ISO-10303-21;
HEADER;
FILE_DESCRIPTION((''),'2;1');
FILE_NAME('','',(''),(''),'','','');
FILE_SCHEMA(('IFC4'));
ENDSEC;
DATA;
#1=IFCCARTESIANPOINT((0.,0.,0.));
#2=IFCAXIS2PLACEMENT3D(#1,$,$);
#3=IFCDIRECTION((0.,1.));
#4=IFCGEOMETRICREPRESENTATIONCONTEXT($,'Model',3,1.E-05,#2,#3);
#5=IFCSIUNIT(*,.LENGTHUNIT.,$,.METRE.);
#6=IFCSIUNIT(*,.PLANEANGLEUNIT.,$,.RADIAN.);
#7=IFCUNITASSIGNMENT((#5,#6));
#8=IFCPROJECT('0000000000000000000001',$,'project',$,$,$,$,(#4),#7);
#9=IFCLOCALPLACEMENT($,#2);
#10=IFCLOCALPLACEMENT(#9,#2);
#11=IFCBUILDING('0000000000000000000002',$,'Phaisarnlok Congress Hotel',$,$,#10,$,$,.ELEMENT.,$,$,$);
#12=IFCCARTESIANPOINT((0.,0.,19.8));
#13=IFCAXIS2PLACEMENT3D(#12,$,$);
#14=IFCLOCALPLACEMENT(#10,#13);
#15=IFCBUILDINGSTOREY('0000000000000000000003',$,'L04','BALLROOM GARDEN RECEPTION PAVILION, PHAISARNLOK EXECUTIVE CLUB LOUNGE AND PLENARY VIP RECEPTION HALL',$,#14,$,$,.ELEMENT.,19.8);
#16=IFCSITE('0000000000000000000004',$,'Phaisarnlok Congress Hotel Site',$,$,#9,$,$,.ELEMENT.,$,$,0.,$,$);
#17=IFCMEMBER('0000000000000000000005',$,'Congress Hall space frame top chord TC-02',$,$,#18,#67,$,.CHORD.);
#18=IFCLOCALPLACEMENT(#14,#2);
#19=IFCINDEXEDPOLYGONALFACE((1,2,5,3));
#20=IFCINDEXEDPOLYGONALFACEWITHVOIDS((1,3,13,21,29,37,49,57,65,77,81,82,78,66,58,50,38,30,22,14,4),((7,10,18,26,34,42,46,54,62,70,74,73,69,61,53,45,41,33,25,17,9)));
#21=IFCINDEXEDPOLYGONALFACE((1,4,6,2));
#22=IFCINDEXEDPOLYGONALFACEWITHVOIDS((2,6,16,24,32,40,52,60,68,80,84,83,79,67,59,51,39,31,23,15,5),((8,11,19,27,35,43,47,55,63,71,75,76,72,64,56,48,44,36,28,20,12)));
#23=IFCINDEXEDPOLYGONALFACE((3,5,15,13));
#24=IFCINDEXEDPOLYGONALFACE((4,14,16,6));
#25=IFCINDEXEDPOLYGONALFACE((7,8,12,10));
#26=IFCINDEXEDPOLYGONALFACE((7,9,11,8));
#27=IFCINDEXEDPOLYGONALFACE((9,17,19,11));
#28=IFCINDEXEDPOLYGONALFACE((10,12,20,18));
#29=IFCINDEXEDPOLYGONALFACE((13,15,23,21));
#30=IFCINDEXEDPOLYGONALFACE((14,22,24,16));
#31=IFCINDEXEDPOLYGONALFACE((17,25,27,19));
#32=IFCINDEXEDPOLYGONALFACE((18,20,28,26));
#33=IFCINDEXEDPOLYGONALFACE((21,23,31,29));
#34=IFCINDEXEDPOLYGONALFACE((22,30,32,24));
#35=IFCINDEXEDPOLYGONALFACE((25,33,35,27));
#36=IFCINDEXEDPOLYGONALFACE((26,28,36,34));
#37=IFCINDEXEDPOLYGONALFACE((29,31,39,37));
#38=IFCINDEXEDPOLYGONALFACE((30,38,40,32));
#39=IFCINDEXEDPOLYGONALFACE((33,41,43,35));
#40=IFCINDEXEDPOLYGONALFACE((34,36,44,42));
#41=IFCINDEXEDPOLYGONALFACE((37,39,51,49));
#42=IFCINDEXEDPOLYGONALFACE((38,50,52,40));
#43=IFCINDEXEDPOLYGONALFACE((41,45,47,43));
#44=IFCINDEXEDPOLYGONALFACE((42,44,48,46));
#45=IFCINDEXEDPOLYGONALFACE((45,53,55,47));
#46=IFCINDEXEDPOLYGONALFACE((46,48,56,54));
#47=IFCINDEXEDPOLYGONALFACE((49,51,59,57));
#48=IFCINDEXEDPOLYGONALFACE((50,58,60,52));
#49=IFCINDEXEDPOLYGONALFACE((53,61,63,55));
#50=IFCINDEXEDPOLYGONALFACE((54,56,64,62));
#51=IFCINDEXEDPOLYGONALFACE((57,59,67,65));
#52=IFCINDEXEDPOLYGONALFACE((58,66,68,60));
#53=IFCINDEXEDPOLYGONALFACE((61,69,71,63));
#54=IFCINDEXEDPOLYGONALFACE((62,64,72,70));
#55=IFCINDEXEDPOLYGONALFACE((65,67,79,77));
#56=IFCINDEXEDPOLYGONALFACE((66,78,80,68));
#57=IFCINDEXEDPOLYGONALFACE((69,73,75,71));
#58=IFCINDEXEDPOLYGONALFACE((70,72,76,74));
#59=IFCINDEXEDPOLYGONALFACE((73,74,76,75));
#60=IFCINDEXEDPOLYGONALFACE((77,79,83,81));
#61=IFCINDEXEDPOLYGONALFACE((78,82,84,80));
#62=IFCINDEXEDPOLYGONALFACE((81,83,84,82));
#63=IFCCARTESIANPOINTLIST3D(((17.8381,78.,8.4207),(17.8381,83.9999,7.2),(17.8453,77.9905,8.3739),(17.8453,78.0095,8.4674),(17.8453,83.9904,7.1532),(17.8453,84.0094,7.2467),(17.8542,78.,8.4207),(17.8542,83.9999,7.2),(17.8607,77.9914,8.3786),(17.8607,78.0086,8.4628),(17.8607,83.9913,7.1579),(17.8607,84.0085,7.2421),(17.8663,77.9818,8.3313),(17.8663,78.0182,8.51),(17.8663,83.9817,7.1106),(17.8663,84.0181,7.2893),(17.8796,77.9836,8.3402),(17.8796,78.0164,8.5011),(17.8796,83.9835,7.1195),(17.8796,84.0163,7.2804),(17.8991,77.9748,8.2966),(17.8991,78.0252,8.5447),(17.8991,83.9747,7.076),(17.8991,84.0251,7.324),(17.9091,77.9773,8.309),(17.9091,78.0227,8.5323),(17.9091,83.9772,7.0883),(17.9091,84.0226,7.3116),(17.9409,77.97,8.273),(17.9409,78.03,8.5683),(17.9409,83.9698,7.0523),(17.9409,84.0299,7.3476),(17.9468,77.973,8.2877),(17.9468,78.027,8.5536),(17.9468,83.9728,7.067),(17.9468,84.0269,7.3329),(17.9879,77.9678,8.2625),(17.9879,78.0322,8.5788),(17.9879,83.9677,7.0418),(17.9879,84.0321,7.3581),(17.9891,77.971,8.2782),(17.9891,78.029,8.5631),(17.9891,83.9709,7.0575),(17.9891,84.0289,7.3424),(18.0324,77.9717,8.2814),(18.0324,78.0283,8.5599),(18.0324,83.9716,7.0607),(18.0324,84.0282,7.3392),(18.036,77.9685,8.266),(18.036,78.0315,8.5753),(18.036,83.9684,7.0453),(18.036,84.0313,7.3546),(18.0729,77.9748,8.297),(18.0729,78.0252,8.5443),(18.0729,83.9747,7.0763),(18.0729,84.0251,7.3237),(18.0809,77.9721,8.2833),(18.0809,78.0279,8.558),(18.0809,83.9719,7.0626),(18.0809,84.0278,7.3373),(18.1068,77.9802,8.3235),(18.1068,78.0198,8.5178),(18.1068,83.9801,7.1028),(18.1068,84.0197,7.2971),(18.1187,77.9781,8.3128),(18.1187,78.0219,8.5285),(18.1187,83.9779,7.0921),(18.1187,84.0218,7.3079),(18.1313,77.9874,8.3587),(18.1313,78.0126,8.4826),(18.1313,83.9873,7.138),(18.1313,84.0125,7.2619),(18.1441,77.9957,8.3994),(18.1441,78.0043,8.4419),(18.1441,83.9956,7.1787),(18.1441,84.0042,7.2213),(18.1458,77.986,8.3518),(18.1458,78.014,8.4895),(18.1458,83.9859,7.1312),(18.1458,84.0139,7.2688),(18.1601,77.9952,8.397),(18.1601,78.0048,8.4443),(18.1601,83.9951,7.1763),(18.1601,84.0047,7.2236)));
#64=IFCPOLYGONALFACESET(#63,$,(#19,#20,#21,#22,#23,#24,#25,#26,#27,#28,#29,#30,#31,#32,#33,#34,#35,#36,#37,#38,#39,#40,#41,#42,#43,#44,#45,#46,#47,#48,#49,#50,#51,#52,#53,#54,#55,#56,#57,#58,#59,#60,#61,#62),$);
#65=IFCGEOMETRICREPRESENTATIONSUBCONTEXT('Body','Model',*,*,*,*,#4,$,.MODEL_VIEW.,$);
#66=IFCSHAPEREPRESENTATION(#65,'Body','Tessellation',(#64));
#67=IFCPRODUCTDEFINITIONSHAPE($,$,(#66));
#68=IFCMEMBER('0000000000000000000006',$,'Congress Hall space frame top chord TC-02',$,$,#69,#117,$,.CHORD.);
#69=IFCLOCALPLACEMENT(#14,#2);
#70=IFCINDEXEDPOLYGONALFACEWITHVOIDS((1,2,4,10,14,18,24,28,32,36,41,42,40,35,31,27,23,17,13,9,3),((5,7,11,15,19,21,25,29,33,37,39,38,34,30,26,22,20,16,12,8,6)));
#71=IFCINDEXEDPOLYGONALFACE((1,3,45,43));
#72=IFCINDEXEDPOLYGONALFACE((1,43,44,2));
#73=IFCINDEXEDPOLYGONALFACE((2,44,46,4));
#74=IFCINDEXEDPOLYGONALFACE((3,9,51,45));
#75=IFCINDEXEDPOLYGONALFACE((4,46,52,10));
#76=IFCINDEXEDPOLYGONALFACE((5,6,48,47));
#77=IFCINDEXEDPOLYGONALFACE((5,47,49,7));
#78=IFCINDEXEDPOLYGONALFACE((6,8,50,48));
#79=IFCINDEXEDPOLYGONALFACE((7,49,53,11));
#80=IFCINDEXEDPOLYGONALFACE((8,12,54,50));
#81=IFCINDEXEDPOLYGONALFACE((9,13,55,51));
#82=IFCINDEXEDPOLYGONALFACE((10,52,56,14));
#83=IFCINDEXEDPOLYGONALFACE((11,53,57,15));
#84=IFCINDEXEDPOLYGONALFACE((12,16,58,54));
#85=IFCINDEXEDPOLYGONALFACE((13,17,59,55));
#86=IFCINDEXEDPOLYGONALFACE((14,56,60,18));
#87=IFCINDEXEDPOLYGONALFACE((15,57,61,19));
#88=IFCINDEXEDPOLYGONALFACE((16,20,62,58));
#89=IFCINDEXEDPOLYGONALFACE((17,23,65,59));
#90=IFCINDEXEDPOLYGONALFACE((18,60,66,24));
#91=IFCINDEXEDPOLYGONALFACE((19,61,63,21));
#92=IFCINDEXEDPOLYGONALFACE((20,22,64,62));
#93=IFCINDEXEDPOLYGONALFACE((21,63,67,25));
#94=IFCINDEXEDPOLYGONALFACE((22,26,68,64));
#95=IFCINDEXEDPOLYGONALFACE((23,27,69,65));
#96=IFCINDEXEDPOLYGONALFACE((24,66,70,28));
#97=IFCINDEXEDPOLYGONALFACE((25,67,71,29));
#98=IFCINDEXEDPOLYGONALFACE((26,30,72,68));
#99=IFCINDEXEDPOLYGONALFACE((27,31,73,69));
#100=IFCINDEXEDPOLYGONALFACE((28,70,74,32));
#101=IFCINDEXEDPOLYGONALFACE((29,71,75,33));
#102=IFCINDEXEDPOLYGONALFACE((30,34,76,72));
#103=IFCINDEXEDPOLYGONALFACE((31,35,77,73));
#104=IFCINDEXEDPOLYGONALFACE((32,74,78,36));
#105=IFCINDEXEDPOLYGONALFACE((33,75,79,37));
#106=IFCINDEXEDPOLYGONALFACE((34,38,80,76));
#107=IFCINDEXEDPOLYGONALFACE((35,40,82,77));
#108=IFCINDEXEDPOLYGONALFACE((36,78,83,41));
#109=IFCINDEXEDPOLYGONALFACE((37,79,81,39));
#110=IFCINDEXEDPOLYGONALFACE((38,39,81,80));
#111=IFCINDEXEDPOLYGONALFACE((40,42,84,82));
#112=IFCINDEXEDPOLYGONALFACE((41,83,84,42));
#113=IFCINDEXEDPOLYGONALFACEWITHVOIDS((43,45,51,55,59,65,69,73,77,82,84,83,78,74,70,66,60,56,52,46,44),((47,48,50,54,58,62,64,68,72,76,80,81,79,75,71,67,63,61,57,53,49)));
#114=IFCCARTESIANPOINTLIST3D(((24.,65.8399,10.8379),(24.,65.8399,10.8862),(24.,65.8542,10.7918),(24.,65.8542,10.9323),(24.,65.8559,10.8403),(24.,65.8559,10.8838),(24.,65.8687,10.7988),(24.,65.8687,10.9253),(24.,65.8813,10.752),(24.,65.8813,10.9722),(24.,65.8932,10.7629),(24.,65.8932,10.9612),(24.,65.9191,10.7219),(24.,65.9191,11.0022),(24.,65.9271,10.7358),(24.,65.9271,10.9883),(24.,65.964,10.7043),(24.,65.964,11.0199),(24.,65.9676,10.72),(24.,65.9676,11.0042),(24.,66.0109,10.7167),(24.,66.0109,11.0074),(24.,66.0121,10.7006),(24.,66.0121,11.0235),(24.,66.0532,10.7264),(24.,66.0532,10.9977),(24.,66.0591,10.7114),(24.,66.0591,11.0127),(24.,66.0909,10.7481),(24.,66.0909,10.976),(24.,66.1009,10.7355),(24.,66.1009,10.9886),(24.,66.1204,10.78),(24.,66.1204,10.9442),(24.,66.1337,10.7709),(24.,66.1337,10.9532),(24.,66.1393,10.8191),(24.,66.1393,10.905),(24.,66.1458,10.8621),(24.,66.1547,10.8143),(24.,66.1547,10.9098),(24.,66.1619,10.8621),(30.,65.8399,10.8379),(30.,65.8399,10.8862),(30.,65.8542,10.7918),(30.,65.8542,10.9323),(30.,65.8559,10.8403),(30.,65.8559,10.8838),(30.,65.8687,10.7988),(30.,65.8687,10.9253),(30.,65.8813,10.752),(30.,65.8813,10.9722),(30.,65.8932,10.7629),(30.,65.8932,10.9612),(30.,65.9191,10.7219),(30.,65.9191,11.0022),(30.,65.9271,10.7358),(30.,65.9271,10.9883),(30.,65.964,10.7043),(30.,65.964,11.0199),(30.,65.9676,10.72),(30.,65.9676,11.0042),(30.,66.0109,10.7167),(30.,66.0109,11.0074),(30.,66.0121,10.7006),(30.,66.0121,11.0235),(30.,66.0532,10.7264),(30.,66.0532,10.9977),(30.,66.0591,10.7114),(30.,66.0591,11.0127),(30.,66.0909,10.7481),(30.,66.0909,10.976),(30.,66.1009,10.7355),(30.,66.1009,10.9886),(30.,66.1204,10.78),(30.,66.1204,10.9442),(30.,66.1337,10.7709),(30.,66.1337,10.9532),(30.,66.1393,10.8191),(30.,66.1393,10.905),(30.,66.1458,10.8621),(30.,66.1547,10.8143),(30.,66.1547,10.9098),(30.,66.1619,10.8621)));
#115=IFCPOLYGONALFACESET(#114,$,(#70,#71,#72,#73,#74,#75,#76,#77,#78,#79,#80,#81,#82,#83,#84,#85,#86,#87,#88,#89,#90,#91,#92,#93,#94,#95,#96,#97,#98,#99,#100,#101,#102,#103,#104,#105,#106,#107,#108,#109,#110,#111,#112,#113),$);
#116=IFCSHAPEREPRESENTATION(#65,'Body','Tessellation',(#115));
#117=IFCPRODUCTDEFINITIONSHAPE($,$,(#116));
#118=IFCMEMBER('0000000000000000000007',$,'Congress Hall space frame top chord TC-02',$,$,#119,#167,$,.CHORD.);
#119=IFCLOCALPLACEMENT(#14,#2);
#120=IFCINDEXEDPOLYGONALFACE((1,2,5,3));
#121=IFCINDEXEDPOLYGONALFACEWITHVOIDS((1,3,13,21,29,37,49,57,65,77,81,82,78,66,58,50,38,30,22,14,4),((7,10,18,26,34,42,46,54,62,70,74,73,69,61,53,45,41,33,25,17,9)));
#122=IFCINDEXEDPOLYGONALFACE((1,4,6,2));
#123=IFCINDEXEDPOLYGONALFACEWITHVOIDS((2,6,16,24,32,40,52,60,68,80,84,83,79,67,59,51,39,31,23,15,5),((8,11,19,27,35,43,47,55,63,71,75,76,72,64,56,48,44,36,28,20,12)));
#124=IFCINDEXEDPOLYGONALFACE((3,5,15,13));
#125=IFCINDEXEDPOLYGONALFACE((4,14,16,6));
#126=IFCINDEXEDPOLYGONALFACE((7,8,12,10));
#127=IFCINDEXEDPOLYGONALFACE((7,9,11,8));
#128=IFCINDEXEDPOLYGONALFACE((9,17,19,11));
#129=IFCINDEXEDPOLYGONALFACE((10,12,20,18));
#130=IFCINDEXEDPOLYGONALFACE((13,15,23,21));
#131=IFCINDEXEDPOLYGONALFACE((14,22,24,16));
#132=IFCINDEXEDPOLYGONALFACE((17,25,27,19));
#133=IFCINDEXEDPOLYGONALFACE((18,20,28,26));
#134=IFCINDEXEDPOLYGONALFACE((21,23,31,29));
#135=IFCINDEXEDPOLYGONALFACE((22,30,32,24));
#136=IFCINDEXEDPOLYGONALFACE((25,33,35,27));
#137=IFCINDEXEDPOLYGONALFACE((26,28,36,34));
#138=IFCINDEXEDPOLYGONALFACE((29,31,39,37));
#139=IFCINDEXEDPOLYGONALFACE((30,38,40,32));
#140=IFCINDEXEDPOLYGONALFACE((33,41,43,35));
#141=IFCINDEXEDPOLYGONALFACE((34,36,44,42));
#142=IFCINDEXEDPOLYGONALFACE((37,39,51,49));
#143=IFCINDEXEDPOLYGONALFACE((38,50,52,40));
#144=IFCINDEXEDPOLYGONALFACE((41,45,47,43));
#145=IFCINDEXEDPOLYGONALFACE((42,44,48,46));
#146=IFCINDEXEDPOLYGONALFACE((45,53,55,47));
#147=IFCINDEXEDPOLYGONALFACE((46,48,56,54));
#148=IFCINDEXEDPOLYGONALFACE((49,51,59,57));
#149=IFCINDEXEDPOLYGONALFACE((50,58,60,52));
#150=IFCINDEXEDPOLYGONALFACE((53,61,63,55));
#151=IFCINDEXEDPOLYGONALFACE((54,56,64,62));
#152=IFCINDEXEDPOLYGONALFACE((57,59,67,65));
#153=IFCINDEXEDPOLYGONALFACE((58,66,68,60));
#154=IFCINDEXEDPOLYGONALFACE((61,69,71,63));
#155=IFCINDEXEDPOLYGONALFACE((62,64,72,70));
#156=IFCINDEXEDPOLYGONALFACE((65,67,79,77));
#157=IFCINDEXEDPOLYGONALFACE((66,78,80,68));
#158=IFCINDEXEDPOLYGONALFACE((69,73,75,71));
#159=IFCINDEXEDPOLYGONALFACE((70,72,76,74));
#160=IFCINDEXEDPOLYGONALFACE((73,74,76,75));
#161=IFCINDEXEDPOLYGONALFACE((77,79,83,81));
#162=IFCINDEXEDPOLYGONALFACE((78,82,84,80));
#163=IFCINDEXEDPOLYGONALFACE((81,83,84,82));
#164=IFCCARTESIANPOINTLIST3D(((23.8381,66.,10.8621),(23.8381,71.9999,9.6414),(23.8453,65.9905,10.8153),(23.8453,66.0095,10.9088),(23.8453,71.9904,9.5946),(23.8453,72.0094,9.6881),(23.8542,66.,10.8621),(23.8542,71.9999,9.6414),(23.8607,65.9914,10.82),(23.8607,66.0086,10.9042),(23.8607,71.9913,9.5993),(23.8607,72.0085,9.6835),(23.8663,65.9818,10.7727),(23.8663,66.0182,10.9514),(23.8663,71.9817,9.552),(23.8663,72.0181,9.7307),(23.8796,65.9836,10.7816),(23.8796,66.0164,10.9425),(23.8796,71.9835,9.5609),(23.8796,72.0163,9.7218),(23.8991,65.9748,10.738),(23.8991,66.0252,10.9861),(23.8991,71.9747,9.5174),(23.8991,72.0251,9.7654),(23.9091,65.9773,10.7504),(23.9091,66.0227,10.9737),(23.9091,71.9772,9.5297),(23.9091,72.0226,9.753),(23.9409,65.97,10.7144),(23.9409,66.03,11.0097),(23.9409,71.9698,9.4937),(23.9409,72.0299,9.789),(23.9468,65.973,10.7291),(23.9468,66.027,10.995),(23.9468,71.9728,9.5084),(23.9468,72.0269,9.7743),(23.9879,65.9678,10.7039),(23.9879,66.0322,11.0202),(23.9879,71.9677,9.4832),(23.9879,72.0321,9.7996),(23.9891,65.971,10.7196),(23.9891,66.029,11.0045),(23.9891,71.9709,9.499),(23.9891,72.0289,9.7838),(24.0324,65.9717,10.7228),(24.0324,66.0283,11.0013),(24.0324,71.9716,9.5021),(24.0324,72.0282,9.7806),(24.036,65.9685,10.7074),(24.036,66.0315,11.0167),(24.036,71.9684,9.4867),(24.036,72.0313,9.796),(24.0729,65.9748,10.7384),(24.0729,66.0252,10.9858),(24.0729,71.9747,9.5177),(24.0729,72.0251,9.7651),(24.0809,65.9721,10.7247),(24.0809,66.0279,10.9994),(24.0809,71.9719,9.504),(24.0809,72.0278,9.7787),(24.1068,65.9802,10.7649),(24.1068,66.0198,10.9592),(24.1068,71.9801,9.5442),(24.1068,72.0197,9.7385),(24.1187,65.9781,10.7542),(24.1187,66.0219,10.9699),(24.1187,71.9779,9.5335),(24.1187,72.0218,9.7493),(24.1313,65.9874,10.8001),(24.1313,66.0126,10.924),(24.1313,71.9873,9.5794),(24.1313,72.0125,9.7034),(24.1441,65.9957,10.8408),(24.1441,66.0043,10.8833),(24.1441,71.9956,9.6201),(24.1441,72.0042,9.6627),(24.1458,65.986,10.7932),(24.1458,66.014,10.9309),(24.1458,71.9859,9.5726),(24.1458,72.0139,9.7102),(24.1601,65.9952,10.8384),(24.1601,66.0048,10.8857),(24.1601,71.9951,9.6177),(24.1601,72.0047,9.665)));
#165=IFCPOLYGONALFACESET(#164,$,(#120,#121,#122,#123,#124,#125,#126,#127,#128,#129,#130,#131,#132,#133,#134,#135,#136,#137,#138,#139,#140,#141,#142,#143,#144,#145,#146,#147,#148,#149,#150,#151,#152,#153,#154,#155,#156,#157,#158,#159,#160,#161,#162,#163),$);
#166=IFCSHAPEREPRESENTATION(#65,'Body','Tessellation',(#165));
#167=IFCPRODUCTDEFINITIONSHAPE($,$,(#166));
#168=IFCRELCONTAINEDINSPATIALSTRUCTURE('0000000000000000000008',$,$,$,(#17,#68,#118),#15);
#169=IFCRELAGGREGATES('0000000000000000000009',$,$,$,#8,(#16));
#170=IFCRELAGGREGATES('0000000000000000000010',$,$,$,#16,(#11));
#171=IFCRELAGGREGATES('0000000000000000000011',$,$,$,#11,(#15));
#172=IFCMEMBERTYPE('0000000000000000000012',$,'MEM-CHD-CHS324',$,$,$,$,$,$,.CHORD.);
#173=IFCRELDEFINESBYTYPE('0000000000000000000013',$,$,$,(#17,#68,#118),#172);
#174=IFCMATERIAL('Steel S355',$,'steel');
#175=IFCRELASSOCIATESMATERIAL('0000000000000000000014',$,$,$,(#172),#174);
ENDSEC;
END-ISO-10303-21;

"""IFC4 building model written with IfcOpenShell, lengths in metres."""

from ifc_helpers import new_model, si_unit, direction, frame, origin, origin_2d, place, context, subcontext, project, spatial, hollow_circle, extrude, material, material_profile, profile_set, type_object, element, save


model = new_model("IFC4")

# Units and contexts
model_context = context("Model", 3, precision=1e-05, world=origin(), true_north=direction((0.0, 1.0)))
body_context = subcontext(model_context, "Body", "Model", "MODEL_VIEW")
ifc_project = project(units=[si_unit("LENGTHUNIT", "METRE"), si_unit("PLANEANGLEUNIT", "RADIAN")], contexts=[model_context])

# Site, building, storey
site_placement = place(None, origin())
site = spatial("IfcSite", under=ifc_project, at=site_placement, Name="Phaisarnlok Congress Hotel Site", CompositionType="ELEMENT", RefElevation=0.0)
building_placement = place(site_placement, origin())
building = spatial("IfcBuilding", under=site, at=building_placement, Name="Phaisarnlok Congress Hotel", CompositionType="ELEMENT")
storey_placement = place(building_placement, frame((0.0, 0.0, 19.8)))
storey = spatial("IfcBuildingStorey", under=building, at=storey_placement, Name="L04", Description="BALLROOM GARDEN RECEPTION PAVILION, PHAISARNLOK EXECUTIVE CLUB LOUNGE AND PLENARY VIP RECEPTION HALL", CompositionType="ELEMENT", Elevation=19.8)

# Members
ifc_material = material(Name="Steel S355", Category="steel")
ifc_material_profile_1 = material_profile(ifc_material, hollow_circle(Radius=0.1619, WallThickness=0.0161, at=origin_2d()), Name="CHS 323.9x16")
ifc_profile_set_1 = profile_set([ifc_material_profile_1], Name="Steel S355")
member_type_1 = type_object("IfcMemberType", Name="MEM-CHD-CHS324", PredefinedType="CHORD", material=ifc_profile_set_1)
member_1_placement = place(storey_placement, frame((18.0, 78.0, 8.4207), z_axis=(0.0, 0.979925, -0.199366), x_axis=(-1.0, 0.0, 0.0)))
element("IfcMember", 1, at=member_1_placement, inside=storey, type_object=member_type_1, Name="Congress Hall space frame top chord TC-02", PredefinedType="CHORD", context=body_context, shape_type="SweptSolid", body=[
    extrude(hollow_circle(Radius=0.1619, WallThickness=0.0161, at=origin_2d()), origin(), (0.0, 0.0, 1.0), 6.1228),
])
member_2_placement = place(storey_placement, frame((24.0, 66.0, 10.8621), z_axis=(1.0, 0.0, 0.0), x_axis=(0.0, 1.0, 0.0)))
element("IfcMember", 2, at=member_2_placement, inside=storey, type_object=member_type_1, Name="Congress Hall space frame top chord TC-02", PredefinedType="CHORD", context=body_context, shape_type="SweptSolid", body=[
    extrude(hollow_circle(Radius=0.1619, WallThickness=0.0161, at=origin_2d()), origin(), (0.0, 0.0, 1.0), 6.0),
])
member_3_placement = place(storey_placement, frame((24.0, 66.0, 10.8621), z_axis=(0.0, 0.979925, -0.199366), x_axis=(-1.0, 0.0, 0.0)))
element("IfcMember", 3, at=member_3_placement, inside=storey, type_object=member_type_1, Name="Congress Hall space frame top chord TC-02", PredefinedType="CHORD", context=body_context, shape_type="SweptSolid", body=[
    extrude(hollow_circle(Radius=0.1619, WallThickness=0.0161, at=origin_2d()), origin(), (0.0, 0.0, 1.0), 6.1228),
])

save(model, "model.ifc")
